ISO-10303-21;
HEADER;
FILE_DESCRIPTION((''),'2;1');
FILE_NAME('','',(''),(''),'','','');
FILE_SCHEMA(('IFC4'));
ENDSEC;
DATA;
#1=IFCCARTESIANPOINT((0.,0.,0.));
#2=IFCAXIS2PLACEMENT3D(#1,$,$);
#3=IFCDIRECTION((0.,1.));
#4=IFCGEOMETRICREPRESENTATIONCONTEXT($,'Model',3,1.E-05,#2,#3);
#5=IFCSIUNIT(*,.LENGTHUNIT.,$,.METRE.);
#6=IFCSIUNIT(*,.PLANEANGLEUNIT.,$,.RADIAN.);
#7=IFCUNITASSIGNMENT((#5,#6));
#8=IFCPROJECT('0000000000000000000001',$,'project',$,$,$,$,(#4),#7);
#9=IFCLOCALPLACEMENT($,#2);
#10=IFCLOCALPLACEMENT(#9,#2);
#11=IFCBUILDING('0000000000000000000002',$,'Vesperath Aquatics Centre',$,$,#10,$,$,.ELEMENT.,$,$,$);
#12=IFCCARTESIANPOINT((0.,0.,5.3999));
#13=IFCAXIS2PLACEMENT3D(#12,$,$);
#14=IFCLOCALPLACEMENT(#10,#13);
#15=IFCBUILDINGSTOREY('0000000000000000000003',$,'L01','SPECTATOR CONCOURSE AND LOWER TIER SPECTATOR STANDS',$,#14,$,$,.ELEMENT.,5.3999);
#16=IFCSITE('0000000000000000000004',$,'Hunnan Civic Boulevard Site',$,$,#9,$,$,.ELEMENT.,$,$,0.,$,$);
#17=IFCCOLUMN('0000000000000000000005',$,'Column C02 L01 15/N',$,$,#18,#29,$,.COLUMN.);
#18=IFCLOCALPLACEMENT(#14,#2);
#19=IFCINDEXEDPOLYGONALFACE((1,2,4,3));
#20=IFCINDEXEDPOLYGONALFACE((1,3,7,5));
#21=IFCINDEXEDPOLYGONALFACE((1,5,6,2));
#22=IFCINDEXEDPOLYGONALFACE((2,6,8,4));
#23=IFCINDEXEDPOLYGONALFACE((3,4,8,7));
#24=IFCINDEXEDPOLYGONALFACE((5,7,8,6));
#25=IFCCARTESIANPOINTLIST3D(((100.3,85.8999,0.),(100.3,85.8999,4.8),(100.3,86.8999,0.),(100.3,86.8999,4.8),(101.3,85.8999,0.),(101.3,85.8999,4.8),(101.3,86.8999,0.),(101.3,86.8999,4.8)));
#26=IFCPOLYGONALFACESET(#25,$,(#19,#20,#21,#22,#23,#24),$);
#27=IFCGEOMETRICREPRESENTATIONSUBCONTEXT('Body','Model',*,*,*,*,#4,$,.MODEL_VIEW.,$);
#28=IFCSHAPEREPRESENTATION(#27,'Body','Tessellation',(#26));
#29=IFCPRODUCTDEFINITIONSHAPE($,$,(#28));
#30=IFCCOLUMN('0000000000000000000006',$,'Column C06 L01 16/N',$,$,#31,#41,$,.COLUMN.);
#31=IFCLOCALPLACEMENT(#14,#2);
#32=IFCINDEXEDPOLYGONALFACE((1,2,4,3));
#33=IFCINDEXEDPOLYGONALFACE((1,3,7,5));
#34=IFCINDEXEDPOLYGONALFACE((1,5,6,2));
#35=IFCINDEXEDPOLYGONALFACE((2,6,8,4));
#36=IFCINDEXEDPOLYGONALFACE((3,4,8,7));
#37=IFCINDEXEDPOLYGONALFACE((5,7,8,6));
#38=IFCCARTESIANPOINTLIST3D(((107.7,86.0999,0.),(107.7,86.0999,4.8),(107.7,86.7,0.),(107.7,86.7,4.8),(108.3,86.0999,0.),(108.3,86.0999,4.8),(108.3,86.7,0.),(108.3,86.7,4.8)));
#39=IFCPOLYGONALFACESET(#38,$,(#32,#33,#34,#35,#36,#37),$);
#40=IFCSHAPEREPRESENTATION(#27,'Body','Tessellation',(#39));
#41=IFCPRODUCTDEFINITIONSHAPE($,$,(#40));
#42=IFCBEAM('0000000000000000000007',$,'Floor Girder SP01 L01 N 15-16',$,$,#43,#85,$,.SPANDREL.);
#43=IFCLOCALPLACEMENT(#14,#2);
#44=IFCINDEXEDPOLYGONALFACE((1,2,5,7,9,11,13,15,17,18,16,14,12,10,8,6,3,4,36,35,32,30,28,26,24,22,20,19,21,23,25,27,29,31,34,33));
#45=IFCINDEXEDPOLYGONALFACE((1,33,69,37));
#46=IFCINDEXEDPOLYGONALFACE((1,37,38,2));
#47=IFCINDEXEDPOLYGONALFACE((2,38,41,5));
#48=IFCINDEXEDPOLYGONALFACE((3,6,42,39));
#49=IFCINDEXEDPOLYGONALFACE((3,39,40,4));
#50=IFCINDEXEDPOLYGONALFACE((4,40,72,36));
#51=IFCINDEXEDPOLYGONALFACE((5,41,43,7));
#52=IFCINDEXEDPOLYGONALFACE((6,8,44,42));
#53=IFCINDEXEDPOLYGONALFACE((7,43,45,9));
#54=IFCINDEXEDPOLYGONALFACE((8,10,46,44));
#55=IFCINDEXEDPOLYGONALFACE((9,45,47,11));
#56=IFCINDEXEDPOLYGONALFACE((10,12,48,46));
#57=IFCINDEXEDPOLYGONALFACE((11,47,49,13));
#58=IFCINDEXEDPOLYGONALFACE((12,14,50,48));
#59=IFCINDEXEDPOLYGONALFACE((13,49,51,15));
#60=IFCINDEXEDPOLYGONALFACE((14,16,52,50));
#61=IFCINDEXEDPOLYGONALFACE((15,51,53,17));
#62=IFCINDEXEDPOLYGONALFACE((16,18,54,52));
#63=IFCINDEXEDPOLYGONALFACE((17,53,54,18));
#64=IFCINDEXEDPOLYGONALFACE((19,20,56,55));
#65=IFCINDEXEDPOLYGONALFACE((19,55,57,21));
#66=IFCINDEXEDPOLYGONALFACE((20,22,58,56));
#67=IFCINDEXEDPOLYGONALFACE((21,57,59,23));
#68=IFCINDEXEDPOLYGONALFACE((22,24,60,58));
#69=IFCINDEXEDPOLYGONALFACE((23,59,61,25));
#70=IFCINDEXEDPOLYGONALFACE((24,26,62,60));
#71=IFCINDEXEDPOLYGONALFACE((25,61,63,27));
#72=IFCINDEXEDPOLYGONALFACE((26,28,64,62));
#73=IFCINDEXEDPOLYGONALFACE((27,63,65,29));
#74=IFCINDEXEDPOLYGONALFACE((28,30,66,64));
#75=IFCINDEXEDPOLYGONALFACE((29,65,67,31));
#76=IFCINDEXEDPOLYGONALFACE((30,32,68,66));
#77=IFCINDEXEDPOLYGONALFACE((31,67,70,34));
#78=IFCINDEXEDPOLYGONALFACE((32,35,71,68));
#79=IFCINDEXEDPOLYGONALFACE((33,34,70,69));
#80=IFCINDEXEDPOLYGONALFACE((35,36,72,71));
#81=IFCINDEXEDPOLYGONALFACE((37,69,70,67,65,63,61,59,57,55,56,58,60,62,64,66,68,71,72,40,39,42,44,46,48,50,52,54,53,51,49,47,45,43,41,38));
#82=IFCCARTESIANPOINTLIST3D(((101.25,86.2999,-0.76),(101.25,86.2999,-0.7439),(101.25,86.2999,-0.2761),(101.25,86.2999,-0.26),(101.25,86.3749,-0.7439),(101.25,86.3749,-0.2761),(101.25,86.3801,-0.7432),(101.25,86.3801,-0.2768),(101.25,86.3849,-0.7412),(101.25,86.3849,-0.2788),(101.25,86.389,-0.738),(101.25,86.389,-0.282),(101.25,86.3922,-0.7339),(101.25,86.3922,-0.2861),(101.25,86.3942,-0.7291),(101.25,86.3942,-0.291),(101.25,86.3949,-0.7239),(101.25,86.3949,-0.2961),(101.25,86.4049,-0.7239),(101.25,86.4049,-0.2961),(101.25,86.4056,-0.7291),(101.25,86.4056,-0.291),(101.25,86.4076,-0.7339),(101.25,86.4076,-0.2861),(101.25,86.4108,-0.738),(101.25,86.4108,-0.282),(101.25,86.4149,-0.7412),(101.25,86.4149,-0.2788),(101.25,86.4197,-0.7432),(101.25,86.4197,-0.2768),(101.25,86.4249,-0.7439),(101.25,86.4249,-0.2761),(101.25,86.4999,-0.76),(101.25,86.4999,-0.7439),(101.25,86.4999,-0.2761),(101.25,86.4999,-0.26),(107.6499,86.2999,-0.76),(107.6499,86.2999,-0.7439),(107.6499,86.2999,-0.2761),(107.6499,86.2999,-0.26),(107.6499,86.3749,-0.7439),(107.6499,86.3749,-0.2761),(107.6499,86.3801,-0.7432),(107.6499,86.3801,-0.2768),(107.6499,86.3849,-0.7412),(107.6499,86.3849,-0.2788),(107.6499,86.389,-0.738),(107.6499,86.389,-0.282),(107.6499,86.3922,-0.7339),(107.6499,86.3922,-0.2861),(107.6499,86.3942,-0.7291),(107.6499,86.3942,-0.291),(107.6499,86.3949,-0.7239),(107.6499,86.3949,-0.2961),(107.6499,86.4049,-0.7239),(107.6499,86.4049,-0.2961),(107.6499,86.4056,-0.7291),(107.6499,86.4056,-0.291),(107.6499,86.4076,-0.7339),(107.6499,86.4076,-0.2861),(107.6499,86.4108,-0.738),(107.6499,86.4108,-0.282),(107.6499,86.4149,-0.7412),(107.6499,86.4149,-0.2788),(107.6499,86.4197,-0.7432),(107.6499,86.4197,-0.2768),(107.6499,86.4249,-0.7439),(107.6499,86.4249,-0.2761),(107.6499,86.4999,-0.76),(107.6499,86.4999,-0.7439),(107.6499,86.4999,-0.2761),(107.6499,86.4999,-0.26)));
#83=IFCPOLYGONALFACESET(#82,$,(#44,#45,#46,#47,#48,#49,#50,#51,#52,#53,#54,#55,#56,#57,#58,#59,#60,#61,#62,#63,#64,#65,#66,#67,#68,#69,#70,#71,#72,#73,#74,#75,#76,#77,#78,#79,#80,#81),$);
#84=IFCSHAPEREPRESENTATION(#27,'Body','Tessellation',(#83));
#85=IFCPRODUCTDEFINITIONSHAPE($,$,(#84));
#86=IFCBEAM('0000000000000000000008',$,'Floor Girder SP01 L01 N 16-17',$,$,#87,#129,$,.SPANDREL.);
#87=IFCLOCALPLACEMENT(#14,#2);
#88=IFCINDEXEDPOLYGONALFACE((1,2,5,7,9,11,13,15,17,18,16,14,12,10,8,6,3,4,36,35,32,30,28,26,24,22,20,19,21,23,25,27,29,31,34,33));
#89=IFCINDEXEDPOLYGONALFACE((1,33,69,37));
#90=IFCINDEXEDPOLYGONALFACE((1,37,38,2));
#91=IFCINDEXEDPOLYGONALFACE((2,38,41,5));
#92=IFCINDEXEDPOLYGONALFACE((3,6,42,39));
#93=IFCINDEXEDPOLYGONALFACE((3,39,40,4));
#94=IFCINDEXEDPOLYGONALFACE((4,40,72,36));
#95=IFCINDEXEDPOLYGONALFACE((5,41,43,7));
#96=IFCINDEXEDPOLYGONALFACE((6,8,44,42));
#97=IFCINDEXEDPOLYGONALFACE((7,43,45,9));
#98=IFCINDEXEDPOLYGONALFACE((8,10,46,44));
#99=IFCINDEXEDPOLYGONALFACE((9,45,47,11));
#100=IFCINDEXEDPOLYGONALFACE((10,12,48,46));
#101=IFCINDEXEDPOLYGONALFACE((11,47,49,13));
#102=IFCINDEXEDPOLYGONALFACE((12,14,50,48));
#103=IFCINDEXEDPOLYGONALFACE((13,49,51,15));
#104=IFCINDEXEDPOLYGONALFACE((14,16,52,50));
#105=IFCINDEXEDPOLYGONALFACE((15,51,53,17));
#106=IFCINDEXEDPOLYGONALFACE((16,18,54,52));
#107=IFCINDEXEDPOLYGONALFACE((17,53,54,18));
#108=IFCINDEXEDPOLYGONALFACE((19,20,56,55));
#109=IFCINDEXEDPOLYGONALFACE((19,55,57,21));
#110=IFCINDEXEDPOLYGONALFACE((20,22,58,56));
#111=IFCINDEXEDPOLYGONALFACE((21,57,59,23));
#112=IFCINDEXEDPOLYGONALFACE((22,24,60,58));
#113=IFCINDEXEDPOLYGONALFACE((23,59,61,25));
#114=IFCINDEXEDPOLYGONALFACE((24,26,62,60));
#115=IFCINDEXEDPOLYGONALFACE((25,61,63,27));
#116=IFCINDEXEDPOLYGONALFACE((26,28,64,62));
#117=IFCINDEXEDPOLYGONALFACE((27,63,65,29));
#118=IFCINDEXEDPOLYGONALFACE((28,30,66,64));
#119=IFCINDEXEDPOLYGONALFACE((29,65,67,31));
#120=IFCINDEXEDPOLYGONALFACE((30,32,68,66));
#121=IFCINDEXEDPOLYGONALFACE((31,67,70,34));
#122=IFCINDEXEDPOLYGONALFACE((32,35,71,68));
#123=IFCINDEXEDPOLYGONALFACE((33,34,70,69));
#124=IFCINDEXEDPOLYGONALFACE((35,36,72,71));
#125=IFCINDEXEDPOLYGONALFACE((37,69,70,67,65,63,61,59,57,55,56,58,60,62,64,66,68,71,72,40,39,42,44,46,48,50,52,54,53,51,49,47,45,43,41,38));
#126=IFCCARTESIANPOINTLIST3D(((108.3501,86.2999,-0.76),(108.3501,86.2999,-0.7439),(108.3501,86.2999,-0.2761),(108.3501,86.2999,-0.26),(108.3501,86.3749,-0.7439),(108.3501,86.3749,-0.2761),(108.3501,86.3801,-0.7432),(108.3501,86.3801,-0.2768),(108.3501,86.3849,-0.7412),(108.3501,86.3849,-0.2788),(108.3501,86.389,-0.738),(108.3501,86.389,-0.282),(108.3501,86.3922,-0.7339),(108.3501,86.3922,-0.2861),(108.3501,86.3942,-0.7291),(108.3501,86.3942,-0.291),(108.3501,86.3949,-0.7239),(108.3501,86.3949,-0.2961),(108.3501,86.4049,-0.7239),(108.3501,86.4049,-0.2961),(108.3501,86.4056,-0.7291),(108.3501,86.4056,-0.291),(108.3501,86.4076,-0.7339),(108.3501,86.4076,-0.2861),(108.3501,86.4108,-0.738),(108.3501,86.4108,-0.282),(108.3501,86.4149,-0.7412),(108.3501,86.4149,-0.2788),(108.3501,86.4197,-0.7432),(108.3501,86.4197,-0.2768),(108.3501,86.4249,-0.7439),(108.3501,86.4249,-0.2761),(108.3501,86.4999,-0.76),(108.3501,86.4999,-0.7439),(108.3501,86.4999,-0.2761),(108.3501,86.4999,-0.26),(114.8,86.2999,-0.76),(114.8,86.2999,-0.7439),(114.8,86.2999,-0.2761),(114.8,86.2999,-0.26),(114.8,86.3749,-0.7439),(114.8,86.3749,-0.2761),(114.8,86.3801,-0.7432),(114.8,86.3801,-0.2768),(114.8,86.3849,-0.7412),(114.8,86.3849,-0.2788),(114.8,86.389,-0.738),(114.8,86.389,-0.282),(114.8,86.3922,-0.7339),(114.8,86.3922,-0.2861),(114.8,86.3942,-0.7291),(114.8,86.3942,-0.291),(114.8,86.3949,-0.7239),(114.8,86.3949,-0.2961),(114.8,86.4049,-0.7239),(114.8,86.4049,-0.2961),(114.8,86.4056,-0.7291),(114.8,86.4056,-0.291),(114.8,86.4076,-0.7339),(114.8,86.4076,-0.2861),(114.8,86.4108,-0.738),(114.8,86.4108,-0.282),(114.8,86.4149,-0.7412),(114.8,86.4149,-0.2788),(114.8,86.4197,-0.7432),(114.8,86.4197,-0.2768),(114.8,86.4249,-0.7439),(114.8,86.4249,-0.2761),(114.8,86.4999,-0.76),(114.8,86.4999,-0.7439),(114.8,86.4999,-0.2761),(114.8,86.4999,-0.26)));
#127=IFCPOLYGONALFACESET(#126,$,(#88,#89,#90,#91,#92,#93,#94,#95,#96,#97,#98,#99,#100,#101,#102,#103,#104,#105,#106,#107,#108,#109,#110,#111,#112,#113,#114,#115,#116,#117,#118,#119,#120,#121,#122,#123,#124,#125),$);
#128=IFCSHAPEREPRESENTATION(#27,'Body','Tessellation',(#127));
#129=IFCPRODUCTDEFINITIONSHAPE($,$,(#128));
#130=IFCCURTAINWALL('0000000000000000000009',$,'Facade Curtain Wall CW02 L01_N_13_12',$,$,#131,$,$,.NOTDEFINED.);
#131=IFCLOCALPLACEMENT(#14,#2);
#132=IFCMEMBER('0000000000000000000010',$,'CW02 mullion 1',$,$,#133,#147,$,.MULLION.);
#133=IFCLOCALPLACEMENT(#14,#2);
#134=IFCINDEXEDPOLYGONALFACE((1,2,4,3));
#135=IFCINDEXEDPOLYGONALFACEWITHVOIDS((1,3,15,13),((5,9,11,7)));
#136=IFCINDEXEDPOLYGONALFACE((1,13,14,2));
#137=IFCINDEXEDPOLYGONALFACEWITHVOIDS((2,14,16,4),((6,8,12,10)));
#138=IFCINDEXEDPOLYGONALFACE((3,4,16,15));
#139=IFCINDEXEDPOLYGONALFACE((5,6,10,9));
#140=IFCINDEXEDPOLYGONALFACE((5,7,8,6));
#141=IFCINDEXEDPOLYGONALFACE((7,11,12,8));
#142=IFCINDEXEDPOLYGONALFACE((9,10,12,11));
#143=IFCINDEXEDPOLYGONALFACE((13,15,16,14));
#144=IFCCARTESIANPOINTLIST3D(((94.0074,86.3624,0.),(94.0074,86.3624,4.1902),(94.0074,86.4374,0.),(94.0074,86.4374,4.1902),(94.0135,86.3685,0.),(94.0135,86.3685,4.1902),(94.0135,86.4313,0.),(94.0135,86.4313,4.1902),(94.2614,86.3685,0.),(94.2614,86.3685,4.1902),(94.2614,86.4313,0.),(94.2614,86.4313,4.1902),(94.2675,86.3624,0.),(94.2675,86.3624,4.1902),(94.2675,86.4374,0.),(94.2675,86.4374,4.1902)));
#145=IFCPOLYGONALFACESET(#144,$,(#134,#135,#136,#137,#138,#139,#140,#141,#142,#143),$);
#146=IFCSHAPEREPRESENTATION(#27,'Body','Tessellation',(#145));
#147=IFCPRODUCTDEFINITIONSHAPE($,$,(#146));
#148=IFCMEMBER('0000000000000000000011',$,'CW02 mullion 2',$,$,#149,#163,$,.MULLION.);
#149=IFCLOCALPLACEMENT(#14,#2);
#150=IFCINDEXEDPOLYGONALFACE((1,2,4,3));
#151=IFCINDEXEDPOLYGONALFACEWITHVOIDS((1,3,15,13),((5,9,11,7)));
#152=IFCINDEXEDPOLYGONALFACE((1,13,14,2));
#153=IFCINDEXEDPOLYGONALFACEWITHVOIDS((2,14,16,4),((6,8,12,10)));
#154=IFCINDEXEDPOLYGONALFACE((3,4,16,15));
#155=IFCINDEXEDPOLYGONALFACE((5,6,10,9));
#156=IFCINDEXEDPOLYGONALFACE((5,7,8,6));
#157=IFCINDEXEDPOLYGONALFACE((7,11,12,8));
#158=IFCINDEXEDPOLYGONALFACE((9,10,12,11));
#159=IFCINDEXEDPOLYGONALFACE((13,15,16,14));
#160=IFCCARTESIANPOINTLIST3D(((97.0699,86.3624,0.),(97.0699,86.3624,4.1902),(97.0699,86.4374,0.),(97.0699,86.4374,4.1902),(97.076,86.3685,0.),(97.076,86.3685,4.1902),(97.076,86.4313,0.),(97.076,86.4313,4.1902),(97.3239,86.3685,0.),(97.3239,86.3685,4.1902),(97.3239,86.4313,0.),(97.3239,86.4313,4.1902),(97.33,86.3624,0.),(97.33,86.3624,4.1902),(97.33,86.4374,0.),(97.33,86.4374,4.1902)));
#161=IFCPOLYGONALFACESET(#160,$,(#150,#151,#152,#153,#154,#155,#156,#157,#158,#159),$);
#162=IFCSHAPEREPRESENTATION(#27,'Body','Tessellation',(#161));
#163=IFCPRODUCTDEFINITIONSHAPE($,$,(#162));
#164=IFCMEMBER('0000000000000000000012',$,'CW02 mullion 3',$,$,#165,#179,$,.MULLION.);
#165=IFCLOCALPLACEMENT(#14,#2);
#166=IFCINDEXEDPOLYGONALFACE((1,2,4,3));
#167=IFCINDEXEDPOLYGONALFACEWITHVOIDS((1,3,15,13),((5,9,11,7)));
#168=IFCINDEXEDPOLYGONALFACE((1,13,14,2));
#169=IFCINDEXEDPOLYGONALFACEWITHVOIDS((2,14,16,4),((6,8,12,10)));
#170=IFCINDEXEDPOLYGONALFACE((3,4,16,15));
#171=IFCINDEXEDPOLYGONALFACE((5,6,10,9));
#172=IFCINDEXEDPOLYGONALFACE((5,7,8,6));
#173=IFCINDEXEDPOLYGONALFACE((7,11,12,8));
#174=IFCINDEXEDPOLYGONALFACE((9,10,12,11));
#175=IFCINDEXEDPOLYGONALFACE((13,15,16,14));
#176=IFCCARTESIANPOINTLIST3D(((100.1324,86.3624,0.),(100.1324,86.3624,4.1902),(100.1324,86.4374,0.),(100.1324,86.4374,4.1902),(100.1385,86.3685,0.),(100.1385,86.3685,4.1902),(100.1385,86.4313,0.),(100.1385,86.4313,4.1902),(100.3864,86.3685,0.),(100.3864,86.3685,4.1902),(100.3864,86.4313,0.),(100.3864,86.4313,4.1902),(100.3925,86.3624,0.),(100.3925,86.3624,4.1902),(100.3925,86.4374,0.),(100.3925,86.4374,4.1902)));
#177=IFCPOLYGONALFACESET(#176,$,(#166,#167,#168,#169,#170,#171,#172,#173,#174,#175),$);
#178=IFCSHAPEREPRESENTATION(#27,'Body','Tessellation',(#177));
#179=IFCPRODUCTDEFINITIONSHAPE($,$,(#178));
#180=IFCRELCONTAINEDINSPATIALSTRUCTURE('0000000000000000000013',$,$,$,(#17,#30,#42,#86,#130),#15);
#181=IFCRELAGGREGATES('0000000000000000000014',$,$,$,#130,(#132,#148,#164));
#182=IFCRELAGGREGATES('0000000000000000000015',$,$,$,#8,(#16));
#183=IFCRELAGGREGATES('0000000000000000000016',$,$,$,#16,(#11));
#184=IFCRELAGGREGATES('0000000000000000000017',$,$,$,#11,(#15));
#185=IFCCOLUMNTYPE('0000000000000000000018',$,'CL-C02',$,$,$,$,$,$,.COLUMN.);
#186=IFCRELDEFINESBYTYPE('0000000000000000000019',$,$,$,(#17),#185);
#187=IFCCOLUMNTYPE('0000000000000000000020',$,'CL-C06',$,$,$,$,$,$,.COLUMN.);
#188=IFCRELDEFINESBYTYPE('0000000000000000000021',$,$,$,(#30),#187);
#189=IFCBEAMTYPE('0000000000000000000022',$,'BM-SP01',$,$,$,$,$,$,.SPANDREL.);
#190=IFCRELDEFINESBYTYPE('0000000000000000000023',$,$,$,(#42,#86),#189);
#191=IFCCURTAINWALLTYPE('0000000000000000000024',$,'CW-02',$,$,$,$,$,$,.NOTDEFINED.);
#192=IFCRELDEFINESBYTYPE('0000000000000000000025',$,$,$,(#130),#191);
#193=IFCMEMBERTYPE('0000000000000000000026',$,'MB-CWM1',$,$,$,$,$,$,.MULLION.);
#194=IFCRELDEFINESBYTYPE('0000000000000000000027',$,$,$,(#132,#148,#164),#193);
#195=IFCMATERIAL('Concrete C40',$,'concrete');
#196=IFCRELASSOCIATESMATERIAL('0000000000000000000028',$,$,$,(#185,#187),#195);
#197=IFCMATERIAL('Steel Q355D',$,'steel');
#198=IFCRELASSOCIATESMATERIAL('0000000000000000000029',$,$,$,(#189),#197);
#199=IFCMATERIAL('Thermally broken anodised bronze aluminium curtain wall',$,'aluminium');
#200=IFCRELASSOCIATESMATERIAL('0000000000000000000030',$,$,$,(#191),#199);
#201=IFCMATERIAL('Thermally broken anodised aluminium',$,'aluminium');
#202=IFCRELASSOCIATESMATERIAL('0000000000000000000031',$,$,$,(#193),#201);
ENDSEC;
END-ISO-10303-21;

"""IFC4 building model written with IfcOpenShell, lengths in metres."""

from ifc_helpers import new_model, si_unit, direction, frame, origin, origin_2d, place, context, subcontext, project, spatial, rectangle, hollow_rectangle, i_section, extrude, material, material_profile, profile_set, type_object, element, aggregate, save


model = new_model("IFC4")

# Units and contexts
model_context = context("Model", 3, precision=1e-05, world=origin(), true_north=direction((0.0, 1.0)))
body_context = subcontext(model_context, "Body", "Model", "MODEL_VIEW")
ifc_project = project(units=[si_unit("LENGTHUNIT", "METRE"), si_unit("PLANEANGLEUNIT", "RADIAN")], contexts=[model_context])

# Site, building, storey
site_placement = place(None, origin())
site = spatial("IfcSite", under=ifc_project, at=site_placement, Name="Hunnan Civic Boulevard Site", CompositionType="ELEMENT", RefElevation=0.0)
building_placement = place(site_placement, origin())
building = spatial("IfcBuilding", under=site, at=building_placement, Name="Vesperath Aquatics Centre", CompositionType="ELEMENT")
storey_placement = place(building_placement, frame((0.0, 0.0, 5.3999)))
storey = spatial("IfcBuildingStorey", under=building, at=storey_placement, Name="L01", Description="SPECTATOR CONCOURSE AND LOWER TIER SPECTATOR STANDS", CompositionType="ELEMENT", Elevation=5.3999)

# Columns
ifc_material_1 = material(Name="Concrete C40", Category="concrete")
ifc_material_profile_1 = material_profile(ifc_material_1, rectangle(XDim=1.0, YDim=1.0, at=origin_2d()), Name="RC 1000x1000")
ifc_profile_set_1 = profile_set([ifc_material_profile_1], Name="Concrete C40")
column_type_1 = type_object("IfcColumnType", Name="CL-C02", PredefinedType="COLUMN", material=ifc_profile_set_1)
column_1_placement = place(storey_placement, frame((100.8, 86.3999, 0.0), z_axis=(0.0, 0.0, 1.0), x_axis=(1.0, 0.0, 0.0)))
element("IfcColumn", 1, at=column_1_placement, inside=storey, type_object=column_type_1, Name="Column C02 L01 15/N", PredefinedType="COLUMN", context=body_context, shape_type="SweptSolid", body=[
    extrude(rectangle(XDim=1.0, YDim=1.0, at=origin_2d()), origin(), (0.0, 0.0, 1.0), 4.8),
])
ifc_material_profile_2 = material_profile(ifc_material_1, rectangle(XDim=0.6001, YDim=0.6001, at=origin_2d()), Name="RC 600x600")
ifc_profile_set_2 = profile_set([ifc_material_profile_2], Name="Concrete C40")
column_type_2 = type_object("IfcColumnType", Name="CL-C06", PredefinedType="COLUMN", material=ifc_profile_set_2)
column_2_placement = place(storey_placement, frame((108.0, 86.3999, 0.0), z_axis=(0.0, 0.0, 1.0), x_axis=(1.0, 0.0, 0.0)))
element("IfcColumn", 2, at=column_2_placement, inside=storey, type_object=column_type_2, Name="Column C06 L01 16/N", PredefinedType="COLUMN", context=body_context, shape_type="SweptSolid", body=[
    extrude(rectangle(XDim=0.6001, YDim=0.6001, at=origin_2d()), origin(), (0.0, 0.0, 1.0), 4.8),
])

# Beams
ifc_material_2 = material(Name="Steel Q355D", Category="steel")
ifc_material_profile_3 = material_profile(ifc_material_2, i_section(OverallWidth=0.2, OverallDepth=0.5, WebThickness=0.01, FlangeThickness=0.0161, FilletRadius=0.02, at=origin_2d()), Name="HN 500x200x10x16")
ifc_profile_set_3 = profile_set([ifc_material_profile_3], Name="Steel Q355D")
beam_type = type_object("IfcBeamType", Name="BM-SP01", PredefinedType="SPANDREL", material=ifc_profile_set_3)
beam_1_placement = place(storey_placement, frame((101.25, 86.3999, -0.51), z_axis=(1.0, 0.0, 0.0), x_axis=(0.0, 1.0, 0.0)))
element("IfcBeam", 3, at=beam_1_placement, inside=storey, type_object=beam_type, Name="Floor Girder SP01 L01 N 15-16", PredefinedType="SPANDREL", context=body_context, shape_type="SweptSolid", body=[
    extrude(i_section(OverallWidth=0.2, OverallDepth=0.5, WebThickness=0.01, FlangeThickness=0.0161, FilletRadius=0.02, at=origin_2d()), origin(), (0.0, 0.0, 1.0), 6.3999),
])
beam_2_placement = place(storey_placement, frame((108.3501, 86.3999, -0.51), z_axis=(1.0, 0.0, 0.0), x_axis=(0.0, 1.0, 0.0)))
element("IfcBeam", 4, at=beam_2_placement, inside=storey, type_object=beam_type, Name="Floor Girder SP01 L01 N 16-17", PredefinedType="SPANDREL", context=body_context, shape_type="SweptSolid", body=[
    extrude(i_section(OverallWidth=0.2, OverallDepth=0.5, WebThickness=0.01, FlangeThickness=0.0161, FilletRadius=0.02, at=origin_2d()), origin(), (0.0, 0.0, 1.0), 6.45),
])

# Curtain wall, members
ifc_material_3 = material(Name="Thermally broken anodised bronze aluminium curtain wall", Category="aluminium")
curtain_wall_type_1 = type_object("IfcCurtainWallType", Name="CW-02", PredefinedType="NOTDEFINED", material=ifc_material_3)
curtain_wall_1_placement = place(storey_placement, origin())
curtain_wall_1 = element("IfcCurtainWall", 5, at=curtain_wall_1_placement, inside=storey, type_object=curtain_wall_type_1, Name="Facade Curtain Wall CW02 L01_N_13_12", PredefinedType="NOTDEFINED")
ifc_material_4 = material(Name="Thermally broken anodised aluminium", Category="aluminium")
ifc_material_profile_4 = material_profile(ifc_material_4, hollow_rectangle(XDim=0.075, YDim=0.26, WallThickness=0.0061, at=origin_2d()), Name="CWM 75x260x6")
ifc_profile_set_4 = profile_set([ifc_material_profile_4], Name="Thermally broken anodised aluminium")
member_type_1 = type_object("IfcMemberType", Name="MB-CWM1", PredefinedType="MULLION", material=ifc_profile_set_4)
member_1_placement = place(storey_placement, frame((94.1375, 86.3999, 0.0), z_axis=(0.0, 0.0, 1.0), x_axis=(0.0, 1.0, 0.0)))
member_1 = element("IfcMember", 6, at=member_1_placement, type_object=member_type_1, Name="CW02 mullion 1", PredefinedType="MULLION", context=body_context, shape_type="SweptSolid", body=[
    extrude(hollow_rectangle(XDim=0.075, YDim=0.26, WallThickness=0.0061, at=origin_2d()), origin(), (0.0, 0.0, 1.0), 4.1902),
])
member_2_placement = place(storey_placement, frame((97.2, 86.3999, 0.0), z_axis=(0.0, 0.0, 1.0), x_axis=(0.0, 1.0, 0.0)))
member_2 = element("IfcMember", 7, at=member_2_placement, type_object=member_type_1, Name="CW02 mullion 2", PredefinedType="MULLION", context=body_context, shape_type="SweptSolid", body=[
    extrude(hollow_rectangle(XDim=0.075, YDim=0.26, WallThickness=0.0061, at=origin_2d()), origin(), (0.0, 0.0, 1.0), 4.1902),
])
member_3_placement = place(storey_placement, frame((100.2625, 86.3999, 0.0), z_axis=(0.0, 0.0, 1.0), x_axis=(0.0, 1.0, 0.0)))
member_3 = element("IfcMember", 8, at=member_3_placement, type_object=member_type_1, Name="CW02 mullion 3", PredefinedType="MULLION", context=body_context, shape_type="SweptSolid", body=[
    extrude(hollow_rectangle(XDim=0.075, YDim=0.26, WallThickness=0.0061, at=origin_2d()), origin(), (0.0, 0.0, 1.0), 4.1902),
])

aggregate(curtain_wall_1, [member_1, member_2, member_3])

save(model, "model.ifc")
